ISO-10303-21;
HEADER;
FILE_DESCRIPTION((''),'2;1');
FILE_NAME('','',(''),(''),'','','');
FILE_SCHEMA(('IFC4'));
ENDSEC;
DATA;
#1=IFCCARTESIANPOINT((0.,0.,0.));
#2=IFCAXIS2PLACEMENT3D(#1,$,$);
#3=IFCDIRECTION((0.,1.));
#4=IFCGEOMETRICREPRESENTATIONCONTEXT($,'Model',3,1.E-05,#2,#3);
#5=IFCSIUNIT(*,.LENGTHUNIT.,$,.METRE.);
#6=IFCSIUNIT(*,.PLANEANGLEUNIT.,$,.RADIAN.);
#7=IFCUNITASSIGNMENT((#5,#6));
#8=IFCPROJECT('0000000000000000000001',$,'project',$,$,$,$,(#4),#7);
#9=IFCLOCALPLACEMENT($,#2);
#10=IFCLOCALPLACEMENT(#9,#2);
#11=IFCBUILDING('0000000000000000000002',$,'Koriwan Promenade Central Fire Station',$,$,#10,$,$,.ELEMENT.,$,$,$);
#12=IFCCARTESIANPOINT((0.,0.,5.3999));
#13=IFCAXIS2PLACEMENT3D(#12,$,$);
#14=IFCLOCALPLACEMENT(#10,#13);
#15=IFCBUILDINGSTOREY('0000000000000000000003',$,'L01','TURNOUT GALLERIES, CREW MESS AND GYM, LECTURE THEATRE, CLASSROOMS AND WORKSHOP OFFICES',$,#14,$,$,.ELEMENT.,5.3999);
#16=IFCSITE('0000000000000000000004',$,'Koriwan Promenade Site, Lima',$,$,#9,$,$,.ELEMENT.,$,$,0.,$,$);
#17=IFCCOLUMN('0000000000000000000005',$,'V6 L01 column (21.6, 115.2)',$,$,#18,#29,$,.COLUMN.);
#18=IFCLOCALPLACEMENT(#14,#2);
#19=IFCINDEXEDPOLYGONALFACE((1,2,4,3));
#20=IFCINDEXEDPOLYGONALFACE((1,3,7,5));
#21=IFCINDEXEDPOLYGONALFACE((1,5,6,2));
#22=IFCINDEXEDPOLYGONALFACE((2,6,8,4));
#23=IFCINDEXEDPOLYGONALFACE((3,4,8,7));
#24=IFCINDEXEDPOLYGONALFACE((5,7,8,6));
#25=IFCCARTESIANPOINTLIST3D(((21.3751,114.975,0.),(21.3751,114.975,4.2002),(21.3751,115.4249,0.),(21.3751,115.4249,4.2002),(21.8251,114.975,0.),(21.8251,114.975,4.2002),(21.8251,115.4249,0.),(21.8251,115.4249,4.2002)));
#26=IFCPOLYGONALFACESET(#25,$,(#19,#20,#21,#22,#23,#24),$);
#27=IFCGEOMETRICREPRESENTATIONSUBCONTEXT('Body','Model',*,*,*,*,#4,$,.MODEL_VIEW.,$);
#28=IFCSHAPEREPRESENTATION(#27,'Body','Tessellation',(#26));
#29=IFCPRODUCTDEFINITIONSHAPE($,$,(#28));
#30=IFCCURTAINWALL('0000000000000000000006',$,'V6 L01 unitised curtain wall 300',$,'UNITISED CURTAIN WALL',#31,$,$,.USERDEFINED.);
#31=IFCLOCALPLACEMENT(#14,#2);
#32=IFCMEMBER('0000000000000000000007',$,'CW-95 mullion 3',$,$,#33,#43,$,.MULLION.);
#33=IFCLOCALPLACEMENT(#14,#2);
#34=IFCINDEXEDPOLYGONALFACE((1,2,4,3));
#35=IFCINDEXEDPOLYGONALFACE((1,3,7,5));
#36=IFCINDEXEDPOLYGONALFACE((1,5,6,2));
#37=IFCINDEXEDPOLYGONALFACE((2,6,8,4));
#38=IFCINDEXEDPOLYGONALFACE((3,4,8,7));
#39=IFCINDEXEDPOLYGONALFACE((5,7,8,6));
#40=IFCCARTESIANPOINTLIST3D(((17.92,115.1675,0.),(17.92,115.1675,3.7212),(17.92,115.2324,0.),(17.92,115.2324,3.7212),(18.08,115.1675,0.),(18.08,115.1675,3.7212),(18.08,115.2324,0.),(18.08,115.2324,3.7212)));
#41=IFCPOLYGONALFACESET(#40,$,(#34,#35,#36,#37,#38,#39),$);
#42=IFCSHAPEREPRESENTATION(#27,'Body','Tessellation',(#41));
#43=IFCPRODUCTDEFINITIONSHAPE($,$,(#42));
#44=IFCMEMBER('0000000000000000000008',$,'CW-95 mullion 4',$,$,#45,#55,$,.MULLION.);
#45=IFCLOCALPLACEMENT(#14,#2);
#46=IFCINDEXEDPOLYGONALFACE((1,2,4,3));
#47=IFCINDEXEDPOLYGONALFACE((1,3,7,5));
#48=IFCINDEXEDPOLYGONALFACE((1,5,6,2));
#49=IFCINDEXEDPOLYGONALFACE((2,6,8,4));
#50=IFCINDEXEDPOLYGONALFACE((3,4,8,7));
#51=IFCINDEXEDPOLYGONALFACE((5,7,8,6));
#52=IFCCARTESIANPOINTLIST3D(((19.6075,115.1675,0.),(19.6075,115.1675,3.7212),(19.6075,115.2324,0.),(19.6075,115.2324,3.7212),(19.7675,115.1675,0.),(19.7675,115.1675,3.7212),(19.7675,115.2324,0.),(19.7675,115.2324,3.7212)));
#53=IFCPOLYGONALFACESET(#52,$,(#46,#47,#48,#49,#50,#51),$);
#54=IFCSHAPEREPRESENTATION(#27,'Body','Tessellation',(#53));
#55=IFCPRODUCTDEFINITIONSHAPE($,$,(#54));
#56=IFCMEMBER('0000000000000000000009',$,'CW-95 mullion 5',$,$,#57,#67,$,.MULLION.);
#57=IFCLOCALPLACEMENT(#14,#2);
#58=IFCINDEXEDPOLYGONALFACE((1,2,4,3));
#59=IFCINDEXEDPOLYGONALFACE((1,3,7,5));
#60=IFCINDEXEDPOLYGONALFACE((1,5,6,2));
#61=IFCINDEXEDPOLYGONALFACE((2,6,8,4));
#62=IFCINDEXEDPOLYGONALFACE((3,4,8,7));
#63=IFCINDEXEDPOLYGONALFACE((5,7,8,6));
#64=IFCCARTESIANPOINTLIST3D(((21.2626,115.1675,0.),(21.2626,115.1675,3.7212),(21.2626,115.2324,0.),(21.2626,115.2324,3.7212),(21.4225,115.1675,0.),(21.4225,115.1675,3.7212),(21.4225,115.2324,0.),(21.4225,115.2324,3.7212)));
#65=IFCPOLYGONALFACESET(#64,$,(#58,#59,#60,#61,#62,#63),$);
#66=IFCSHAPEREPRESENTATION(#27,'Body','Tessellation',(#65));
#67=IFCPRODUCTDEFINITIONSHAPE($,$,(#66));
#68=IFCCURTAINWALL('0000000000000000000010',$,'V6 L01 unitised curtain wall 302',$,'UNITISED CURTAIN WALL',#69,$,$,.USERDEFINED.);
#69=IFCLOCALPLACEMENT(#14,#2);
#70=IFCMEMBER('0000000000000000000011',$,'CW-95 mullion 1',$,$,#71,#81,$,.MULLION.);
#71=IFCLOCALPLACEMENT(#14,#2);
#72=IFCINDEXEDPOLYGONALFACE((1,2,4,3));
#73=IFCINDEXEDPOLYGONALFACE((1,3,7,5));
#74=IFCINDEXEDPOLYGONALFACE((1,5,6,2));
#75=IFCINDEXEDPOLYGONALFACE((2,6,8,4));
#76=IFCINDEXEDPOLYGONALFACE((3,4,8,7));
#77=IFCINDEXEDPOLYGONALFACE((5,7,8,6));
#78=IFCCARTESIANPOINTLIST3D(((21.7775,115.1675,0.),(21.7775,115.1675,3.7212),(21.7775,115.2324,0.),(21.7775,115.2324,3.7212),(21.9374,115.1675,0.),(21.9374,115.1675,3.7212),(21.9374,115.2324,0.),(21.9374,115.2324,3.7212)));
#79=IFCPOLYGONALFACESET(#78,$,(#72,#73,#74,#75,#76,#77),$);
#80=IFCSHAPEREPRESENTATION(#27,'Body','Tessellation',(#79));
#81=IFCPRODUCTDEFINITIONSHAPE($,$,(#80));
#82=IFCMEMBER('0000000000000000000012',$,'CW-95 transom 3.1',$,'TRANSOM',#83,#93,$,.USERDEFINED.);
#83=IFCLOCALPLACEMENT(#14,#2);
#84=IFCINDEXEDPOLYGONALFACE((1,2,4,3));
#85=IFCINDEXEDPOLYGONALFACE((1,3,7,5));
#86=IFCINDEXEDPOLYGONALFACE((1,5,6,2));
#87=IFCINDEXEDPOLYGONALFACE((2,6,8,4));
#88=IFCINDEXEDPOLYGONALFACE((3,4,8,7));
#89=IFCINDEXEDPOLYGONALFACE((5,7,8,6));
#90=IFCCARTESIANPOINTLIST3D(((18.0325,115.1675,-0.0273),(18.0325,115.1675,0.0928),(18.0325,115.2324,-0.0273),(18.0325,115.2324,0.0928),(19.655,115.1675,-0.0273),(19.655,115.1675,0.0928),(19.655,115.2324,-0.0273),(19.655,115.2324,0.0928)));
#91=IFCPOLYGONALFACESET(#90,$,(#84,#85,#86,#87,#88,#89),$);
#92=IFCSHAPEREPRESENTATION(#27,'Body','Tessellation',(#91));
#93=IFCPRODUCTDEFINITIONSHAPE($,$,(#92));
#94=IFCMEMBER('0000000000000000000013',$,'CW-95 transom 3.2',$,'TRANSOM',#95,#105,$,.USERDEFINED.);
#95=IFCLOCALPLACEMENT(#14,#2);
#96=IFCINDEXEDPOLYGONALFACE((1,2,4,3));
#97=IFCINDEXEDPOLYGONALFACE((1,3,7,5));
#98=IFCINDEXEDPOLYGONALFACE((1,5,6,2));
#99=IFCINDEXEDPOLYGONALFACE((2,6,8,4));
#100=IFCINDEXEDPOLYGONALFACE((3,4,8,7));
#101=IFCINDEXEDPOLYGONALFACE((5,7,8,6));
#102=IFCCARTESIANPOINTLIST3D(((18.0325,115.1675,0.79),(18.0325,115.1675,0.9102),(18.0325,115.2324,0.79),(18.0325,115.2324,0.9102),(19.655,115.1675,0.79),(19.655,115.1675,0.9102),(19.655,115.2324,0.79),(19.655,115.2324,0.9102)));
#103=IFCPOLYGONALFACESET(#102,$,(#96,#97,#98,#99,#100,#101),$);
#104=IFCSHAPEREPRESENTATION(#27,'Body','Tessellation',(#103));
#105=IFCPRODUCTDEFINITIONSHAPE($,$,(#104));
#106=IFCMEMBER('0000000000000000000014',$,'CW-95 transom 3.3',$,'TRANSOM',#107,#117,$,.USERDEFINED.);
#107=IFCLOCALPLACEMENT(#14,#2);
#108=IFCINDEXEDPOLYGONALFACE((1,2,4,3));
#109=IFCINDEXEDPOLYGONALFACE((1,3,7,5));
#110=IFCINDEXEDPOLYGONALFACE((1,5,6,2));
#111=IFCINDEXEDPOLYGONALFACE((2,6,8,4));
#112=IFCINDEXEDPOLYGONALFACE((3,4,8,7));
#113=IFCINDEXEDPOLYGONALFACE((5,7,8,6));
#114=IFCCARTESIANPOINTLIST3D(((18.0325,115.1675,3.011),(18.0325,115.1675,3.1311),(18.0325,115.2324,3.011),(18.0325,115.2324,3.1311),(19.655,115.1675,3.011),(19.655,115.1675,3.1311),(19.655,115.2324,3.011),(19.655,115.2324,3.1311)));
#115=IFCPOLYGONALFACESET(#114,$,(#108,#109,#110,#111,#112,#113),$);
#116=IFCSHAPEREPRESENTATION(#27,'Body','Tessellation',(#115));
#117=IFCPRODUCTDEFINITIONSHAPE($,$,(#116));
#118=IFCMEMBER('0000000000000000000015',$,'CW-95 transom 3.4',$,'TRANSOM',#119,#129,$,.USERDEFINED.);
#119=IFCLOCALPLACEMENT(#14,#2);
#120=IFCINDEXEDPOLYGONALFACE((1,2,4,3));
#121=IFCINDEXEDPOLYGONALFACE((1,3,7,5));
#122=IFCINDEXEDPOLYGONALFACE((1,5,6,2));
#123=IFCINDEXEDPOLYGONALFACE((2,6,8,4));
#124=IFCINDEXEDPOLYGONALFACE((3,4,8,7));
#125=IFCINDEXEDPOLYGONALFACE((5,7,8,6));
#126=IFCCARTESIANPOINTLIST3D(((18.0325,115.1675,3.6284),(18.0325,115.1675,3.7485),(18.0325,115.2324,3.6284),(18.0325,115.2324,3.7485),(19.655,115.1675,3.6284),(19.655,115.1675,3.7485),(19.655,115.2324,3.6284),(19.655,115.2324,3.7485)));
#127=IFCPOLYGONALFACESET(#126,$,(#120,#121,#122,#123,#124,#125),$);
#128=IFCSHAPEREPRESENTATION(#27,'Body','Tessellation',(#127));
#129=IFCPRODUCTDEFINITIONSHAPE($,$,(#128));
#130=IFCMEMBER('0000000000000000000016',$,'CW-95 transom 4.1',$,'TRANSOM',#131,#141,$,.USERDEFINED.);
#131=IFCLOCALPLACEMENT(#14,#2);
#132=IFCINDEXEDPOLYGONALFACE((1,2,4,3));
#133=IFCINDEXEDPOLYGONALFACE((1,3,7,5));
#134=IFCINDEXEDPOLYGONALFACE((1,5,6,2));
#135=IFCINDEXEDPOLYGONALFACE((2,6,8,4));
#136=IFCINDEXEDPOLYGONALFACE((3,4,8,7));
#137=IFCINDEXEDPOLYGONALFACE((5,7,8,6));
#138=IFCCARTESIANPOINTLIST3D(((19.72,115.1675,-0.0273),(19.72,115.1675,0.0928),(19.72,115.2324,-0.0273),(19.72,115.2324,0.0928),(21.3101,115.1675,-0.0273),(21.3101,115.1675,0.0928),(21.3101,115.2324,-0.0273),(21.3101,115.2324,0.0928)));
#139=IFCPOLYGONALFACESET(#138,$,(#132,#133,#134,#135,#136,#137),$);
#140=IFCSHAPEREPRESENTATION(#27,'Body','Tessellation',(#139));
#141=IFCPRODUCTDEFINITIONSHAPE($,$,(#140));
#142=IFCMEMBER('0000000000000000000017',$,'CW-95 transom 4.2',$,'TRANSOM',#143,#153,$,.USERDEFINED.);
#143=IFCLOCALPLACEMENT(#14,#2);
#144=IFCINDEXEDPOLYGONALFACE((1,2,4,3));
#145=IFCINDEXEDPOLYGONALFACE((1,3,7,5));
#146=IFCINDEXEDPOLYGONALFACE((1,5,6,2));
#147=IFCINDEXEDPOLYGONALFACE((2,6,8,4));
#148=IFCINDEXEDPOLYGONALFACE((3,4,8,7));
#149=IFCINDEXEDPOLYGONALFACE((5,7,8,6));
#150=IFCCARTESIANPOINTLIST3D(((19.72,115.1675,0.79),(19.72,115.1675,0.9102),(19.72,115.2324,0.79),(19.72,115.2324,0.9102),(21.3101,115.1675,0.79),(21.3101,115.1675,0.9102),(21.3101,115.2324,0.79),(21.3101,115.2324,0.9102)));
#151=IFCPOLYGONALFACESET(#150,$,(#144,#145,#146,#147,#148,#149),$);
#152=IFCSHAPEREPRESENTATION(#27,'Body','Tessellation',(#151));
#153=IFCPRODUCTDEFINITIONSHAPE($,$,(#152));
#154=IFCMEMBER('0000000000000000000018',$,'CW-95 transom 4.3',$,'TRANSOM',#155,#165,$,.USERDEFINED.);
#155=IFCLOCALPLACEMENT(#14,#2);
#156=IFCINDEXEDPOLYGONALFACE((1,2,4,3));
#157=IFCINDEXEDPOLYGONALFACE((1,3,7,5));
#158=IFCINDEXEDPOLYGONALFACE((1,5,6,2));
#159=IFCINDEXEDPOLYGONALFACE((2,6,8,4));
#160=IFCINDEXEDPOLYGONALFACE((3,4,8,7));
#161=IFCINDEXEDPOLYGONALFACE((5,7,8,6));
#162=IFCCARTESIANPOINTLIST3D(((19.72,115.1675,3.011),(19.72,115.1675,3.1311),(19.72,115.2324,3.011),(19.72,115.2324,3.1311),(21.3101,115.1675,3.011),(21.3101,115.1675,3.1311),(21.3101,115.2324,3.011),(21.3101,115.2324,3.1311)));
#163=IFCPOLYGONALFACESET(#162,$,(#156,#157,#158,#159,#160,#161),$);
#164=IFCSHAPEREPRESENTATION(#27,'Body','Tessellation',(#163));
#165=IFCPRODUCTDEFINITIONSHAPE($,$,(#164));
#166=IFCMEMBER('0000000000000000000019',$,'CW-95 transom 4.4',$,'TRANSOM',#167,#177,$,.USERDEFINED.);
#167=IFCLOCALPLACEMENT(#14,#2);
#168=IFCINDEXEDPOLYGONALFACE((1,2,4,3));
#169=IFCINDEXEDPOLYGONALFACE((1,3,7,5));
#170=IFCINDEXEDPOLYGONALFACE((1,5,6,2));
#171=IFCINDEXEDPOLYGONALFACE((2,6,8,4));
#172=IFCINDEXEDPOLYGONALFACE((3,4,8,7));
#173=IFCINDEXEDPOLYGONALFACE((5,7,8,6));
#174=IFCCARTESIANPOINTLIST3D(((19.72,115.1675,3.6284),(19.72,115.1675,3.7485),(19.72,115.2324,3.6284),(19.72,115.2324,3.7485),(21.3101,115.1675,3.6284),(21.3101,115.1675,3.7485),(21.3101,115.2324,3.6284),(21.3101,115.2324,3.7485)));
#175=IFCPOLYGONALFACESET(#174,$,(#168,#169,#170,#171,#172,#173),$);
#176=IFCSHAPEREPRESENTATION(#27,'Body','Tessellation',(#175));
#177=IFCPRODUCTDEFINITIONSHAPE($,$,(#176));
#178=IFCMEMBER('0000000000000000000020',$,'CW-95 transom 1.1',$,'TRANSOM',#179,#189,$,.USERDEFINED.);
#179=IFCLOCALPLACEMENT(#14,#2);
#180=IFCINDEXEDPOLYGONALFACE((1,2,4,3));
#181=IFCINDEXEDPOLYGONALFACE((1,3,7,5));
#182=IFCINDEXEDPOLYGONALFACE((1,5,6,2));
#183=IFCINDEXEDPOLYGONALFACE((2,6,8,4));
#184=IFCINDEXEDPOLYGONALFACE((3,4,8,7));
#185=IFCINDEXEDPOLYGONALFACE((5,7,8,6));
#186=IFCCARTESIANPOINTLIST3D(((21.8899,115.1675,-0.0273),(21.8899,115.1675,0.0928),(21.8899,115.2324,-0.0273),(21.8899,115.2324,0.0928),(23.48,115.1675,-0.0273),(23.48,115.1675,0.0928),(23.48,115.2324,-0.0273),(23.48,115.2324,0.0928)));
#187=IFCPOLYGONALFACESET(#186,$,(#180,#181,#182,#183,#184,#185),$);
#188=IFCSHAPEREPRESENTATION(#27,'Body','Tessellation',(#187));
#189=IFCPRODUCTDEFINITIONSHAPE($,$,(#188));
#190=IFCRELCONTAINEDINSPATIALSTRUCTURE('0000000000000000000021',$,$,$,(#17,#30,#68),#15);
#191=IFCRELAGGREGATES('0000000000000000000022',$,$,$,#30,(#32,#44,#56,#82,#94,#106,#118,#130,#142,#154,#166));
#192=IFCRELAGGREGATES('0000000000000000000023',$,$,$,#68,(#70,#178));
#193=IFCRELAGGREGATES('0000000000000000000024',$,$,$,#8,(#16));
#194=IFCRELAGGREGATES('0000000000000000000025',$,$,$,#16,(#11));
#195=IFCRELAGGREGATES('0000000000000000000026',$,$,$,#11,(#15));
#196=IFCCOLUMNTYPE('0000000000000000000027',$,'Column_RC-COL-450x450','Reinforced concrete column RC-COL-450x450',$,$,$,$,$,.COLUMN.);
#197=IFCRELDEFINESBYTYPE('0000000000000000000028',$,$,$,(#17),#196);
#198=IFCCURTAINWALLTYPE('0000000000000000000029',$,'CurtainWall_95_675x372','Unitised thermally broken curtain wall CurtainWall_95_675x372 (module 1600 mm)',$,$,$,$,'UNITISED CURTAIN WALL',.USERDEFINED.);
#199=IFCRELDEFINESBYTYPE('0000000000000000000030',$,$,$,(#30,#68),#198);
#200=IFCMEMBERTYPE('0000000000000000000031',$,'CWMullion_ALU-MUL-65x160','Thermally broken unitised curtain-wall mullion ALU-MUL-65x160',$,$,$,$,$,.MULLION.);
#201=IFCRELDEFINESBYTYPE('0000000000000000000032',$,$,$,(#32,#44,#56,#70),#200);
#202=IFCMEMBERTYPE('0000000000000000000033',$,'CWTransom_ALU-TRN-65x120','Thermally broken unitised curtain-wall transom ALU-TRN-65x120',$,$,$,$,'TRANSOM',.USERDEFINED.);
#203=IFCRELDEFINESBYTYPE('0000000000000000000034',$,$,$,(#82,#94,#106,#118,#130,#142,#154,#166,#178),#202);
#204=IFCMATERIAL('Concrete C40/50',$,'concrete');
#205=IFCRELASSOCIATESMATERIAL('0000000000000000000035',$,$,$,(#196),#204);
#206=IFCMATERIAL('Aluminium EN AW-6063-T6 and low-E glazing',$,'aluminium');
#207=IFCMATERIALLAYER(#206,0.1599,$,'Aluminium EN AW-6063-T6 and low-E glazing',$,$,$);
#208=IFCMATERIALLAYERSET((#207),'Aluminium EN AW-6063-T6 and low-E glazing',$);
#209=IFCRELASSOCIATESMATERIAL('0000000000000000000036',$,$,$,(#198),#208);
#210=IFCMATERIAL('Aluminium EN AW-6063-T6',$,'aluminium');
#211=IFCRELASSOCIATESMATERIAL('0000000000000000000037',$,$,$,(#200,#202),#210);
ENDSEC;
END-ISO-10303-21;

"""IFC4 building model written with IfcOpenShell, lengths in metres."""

from ifc_helpers import new_model, si_unit, direction, frame, origin, origin_2d, place, context, subcontext, project, spatial, rectangle, extrude, material, layer, layer_set, material_profile, profile_set, type_object, element, aggregate, save


model = new_model("IFC4")

# Units and contexts
model_context = context("Model", 3, precision=1e-05, world=origin(), true_north=direction((0.0, 1.0)))
body_context = subcontext(model_context, "Body", "Model", "MODEL_VIEW")
ifc_project = project(units=[si_unit("LENGTHUNIT", "METRE"), si_unit("PLANEANGLEUNIT", "RADIAN")], contexts=[model_context])

# Site, building, storey
site_placement = place(None, origin())
site = spatial("IfcSite", under=ifc_project, at=site_placement, Name="Koriwan Promenade Site, Lima", CompositionType="ELEMENT", RefElevation=0.0)
building_placement = place(site_placement, origin())
building = spatial("IfcBuilding", under=site, at=building_placement, Name="Koriwan Promenade Central Fire Station", CompositionType="ELEMENT")
storey_placement = place(building_placement, frame((0.0, 0.0, 5.3999)))
storey = spatial("IfcBuildingStorey", under=building, at=storey_placement, Name="L01", Description="TURNOUT GALLERIES, CREW MESS AND GYM, LECTURE THEATRE, CLASSROOMS AND WORKSHOP OFFICES", CompositionType="ELEMENT", Elevation=5.3999)

# Column
ifc_material_1 = material(Name="Concrete C40/50", Category="concrete")
ifc_material_profile_1 = material_profile(ifc_material_1, rectangle(XDim=0.45, YDim=0.45, at=origin_2d()), Name="RC-COL-450x450")
ifc_profile_set_1 = profile_set([ifc_material_profile_1], Name="Concrete C40/50")
column_type = type_object("IfcColumnType", Name="Column_RC-COL-450x450", Description="Reinforced concrete column RC-COL-450x450", PredefinedType="COLUMN", material=ifc_profile_set_1)
column_placement = place(storey_placement, frame((21.6001, 115.2, 0.0), z_axis=(0.0, 0.0, 1.0), x_axis=(1.0, 0.0, 0.0)))
element("IfcColumn", 1, at=column_placement, inside=storey, type_object=column_type, Name="V6 L01 column (21.6, 115.2)", PredefinedType="COLUMN", context=body_context, shape_type="SweptSolid", body=[
    extrude(rectangle(XDim=0.45, YDim=0.45, at=origin_2d()), origin(), (0.0, 0.0, 1.0), 4.2002),
])

# Curtain wall, members
ifc_material_2 = material(Name="Aluminium EN AW-6063-T6 and low-E glazing", Category="aluminium")
ifc_layer_1 = layer(ifc_material_2, 0.1599, Name="Aluminium EN AW-6063-T6 and low-E glazing")
ifc_layer_set_1 = layer_set([ifc_layer_1], Name="Aluminium EN AW-6063-T6 and low-E glazing")
curtain_wall_type = type_object("IfcCurtainWallType", Name="CurtainWall_95_675x372", Description="Unitised thermally broken curtain wall CurtainWall_95_675x372 (module 1600 mm)", ElementType="UNITISED CURTAIN WALL", PredefinedType="USERDEFINED", material=ifc_layer_set_1)
curtain_wall_1_placement = place(storey_placement, origin())
curtain_wall_1 = element("IfcCurtainWall", 2, at=curtain_wall_1_placement, inside=storey, type_object=curtain_wall_type, Name="V6 L01 unitised curtain wall 300", ObjectType="UNITISED CURTAIN WALL", PredefinedType="USERDEFINED")
ifc_material_3 = material(Name="Aluminium EN AW-6063-T6", Category="aluminium")
ifc_material_profile_2 = material_profile(ifc_material_3, rectangle(XDim=0.0649, YDim=0.1599, at=origin_2d()), Name="ALU-MUL-65x160")
ifc_profile_set_2 = profile_set([ifc_material_profile_2], Name="Aluminium EN AW-6063-T6")
member_type_1 = type_object("IfcMemberType", Name="CWMullion_ALU-MUL-65x160", Description="Thermally broken unitised curtain-wall mullion ALU-MUL-65x160", PredefinedType="MULLION", material=ifc_profile_set_2)
member_1_placement = place(storey_placement, frame((18.0, 115.2, 0.0), z_axis=(0.0, 0.0, 1.0), x_axis=(0.0, 1.0, 0.0)))
member_1 = element("IfcMember", 3, at=member_1_placement, type_object=member_type_1, Name="CW-95 mullion 3", PredefinedType="MULLION", context=body_context, shape_type="SweptSolid", body=[
    extrude(rectangle(XDim=0.0649, YDim=0.1599, at=origin_2d()), origin(), (0.0, 0.0, 1.0), 3.7212),
])
member_2_placement = place(storey_placement, frame((19.6875, 115.2, 0.0), z_axis=(0.0, 0.0, 1.0), x_axis=(0.0, 1.0, 0.0)))
member_2 = element("IfcMember", 4, at=member_2_placement, type_object=member_type_1, Name="CW-95 mullion 4", PredefinedType="MULLION", context=body_context, shape_type="SweptSolid", body=[
    extrude(rectangle(XDim=0.0649, YDim=0.1599, at=origin_2d()), origin(), (0.0, 0.0, 1.0), 3.7212),
])
member_3_placement = place(storey_placement, frame((21.3425, 115.2, 0.0), z_axis=(0.0, 0.0, 1.0), x_axis=(0.0, 1.0, 0.0)))
member_3 = element("IfcMember", 5, at=member_3_placement, type_object=member_type_1, Name="CW-95 mullion 5", PredefinedType="MULLION", context=body_context, shape_type="SweptSolid", body=[
    extrude(rectangle(XDim=0.0649, YDim=0.1599, at=origin_2d()), origin(), (0.0, 0.0, 1.0), 3.7212),
])

# Curtain wall, member
curtain_wall_2_placement = place(storey_placement, origin())
curtain_wall_2 = element("IfcCurtainWall", 6, at=curtain_wall_2_placement, inside=storey, type_object=curtain_wall_type, Name="V6 L01 unitised curtain wall 302", ObjectType="UNITISED CURTAIN WALL", PredefinedType="USERDEFINED")
member_4_placement = place(storey_placement, frame((21.8574, 115.2, 0.0), z_axis=(0.0, 0.0, 1.0), x_axis=(0.0, 1.0, 0.0)))
member_4 = element("IfcMember", 7, at=member_4_placement, type_object=member_type_1, Name="CW-95 mullion 1", PredefinedType="MULLION", context=body_context, shape_type="SweptSolid", body=[
    extrude(rectangle(XDim=0.0649, YDim=0.1599, at=origin_2d()), origin(), (0.0, 0.0, 1.0), 3.7212),
])

# Members
ifc_material_profile_3 = material_profile(ifc_material_3, rectangle(XDim=0.0649, YDim=0.1201, at=origin_2d()), Name="ALU-TRN-65x120")
ifc_profile_set_3 = profile_set([ifc_material_profile_3], Name="Aluminium EN AW-6063-T6")
member_type_2 = type_object("IfcMemberType", Name="CWTransom_ALU-TRN-65x120", Description="Thermally broken unitised curtain-wall transom ALU-TRN-65x120", ElementType="TRANSOM", PredefinedType="USERDEFINED", material=ifc_profile_set_3)
member_5_placement = place(storey_placement, frame((18.0325, 115.2, 0.0327), z_axis=(1.0, 0.0, 0.0), x_axis=(0.0, 1.0, 0.0)))
member_5 = element("IfcMember", 8, at=member_5_placement, type_object=member_type_2, Name="CW-95 transom 3.1", ObjectType="TRANSOM", PredefinedType="USERDEFINED", context=body_context, shape_type="SweptSolid", body=[
    extrude(rectangle(XDim=0.0649, YDim=0.1201, at=origin_2d()), origin(), (0.0, 0.0, 1.0), 1.6226),
])
member_6_placement = place(storey_placement, frame((18.0325, 115.2, 0.8501), z_axis=(1.0, 0.0, 0.0), x_axis=(0.0, 1.0, 0.0)))
member_6 = element("IfcMember", 9, at=member_6_placement, type_object=member_type_2, Name="CW-95 transom 3.2", ObjectType="TRANSOM", PredefinedType="USERDEFINED", context=body_context, shape_type="SweptSolid", body=[
    extrude(rectangle(XDim=0.0649, YDim=0.1201, at=origin_2d()), origin(), (0.0, 0.0, 1.0), 1.6226),
])
member_7_placement = place(storey_placement, frame((18.0325, 115.2, 3.071), z_axis=(1.0, 0.0, 0.0), x_axis=(0.0, 1.0, 0.0)))
member_7 = element("IfcMember", 10, at=member_7_placement, type_object=member_type_2, Name="CW-95 transom 3.3", ObjectType="TRANSOM", PredefinedType="USERDEFINED", context=body_context, shape_type="SweptSolid", body=[
    extrude(rectangle(XDim=0.0649, YDim=0.1201, at=origin_2d()), origin(), (0.0, 0.0, 1.0), 1.6226),
])
member_8_placement = place(storey_placement, frame((18.0325, 115.2, 3.6885), z_axis=(1.0, 0.0, 0.0), x_axis=(0.0, 1.0, 0.0)))
member_8 = element("IfcMember", 11, at=member_8_placement, type_object=member_type_2, Name="CW-95 transom 3.4", ObjectType="TRANSOM", PredefinedType="USERDEFINED", context=body_context, shape_type="SweptSolid", body=[
    extrude(rectangle(XDim=0.0649, YDim=0.1201, at=origin_2d()), origin(), (0.0, 0.0, 1.0), 1.6226),
])
member_9_placement = place(storey_placement, frame((19.72, 115.2, 0.0327), z_axis=(1.0, 0.0, 0.0), x_axis=(0.0, 1.0, 0.0)))
member_9 = element("IfcMember", 12, at=member_9_placement, type_object=member_type_2, Name="CW-95 transom 4.1", ObjectType="TRANSOM", PredefinedType="USERDEFINED", context=body_context, shape_type="SweptSolid", body=[
    extrude(rectangle(XDim=0.0649, YDim=0.1201, at=origin_2d()), origin(), (0.0, 0.0, 1.0), 1.5901),
])
member_10_placement = place(storey_placement, frame((19.72, 115.2, 0.8501), z_axis=(1.0, 0.0, 0.0), x_axis=(0.0, 1.0, 0.0)))
member_10 = element("IfcMember", 13, at=member_10_placement, type_object=member_type_2, Name="CW-95 transom 4.2", ObjectType="TRANSOM", PredefinedType="USERDEFINED", context=body_context, shape_type="SweptSolid", body=[
    extrude(rectangle(XDim=0.0649, YDim=0.1201, at=origin_2d()), origin(), (0.0, 0.0, 1.0), 1.5901),
])
member_11_placement = place(storey_placement, frame((19.72, 115.2, 3.071), z_axis=(1.0, 0.0, 0.0), x_axis=(0.0, 1.0, 0.0)))
member_11 = element("IfcMember", 14, at=member_11_placement, type_object=member_type_2, Name="CW-95 transom 4.3", ObjectType="TRANSOM", PredefinedType="USERDEFINED", context=body_context, shape_type="SweptSolid", body=[
    extrude(rectangle(XDim=0.0649, YDim=0.1201, at=origin_2d()), origin(), (0.0, 0.0, 1.0), 1.5901),
])
member_12_placement = place(storey_placement, frame((19.72, 115.2, 3.6885), z_axis=(1.0, 0.0, 0.0), x_axis=(0.0, 1.0, 0.0)))
member_12 = element("IfcMember", 15, at=member_12_placement, type_object=member_type_2, Name="CW-95 transom 4.4", ObjectType="TRANSOM", PredefinedType="USERDEFINED", context=body_context, shape_type="SweptSolid", body=[
    extrude(rectangle(XDim=0.0649, YDim=0.1201, at=origin_2d()), origin(), (0.0, 0.0, 1.0), 1.5901),
])
member_13_placement = place(storey_placement, frame((21.8899, 115.2, 0.0327), z_axis=(1.0, 0.0, 0.0), x_axis=(0.0, 1.0, 0.0)))
member_13 = element("IfcMember", 16, at=member_13_placement, type_object=member_type_2, Name="CW-95 transom 1.1", ObjectType="TRANSOM", PredefinedType="USERDEFINED", context=body_context, shape_type="SweptSolid", body=[
    extrude(rectangle(XDim=0.0649, YDim=0.1201, at=origin_2d()), origin(), (0.0, 0.0, 1.0), 1.5901),
])

aggregate(curtain_wall_1, [member_1, member_2, member_3, member_5, member_6, member_7, member_8, member_9, member_10, member_11, member_12])
aggregate(curtain_wall_2, [member_4, member_13])

save(model, "model.ifc")
